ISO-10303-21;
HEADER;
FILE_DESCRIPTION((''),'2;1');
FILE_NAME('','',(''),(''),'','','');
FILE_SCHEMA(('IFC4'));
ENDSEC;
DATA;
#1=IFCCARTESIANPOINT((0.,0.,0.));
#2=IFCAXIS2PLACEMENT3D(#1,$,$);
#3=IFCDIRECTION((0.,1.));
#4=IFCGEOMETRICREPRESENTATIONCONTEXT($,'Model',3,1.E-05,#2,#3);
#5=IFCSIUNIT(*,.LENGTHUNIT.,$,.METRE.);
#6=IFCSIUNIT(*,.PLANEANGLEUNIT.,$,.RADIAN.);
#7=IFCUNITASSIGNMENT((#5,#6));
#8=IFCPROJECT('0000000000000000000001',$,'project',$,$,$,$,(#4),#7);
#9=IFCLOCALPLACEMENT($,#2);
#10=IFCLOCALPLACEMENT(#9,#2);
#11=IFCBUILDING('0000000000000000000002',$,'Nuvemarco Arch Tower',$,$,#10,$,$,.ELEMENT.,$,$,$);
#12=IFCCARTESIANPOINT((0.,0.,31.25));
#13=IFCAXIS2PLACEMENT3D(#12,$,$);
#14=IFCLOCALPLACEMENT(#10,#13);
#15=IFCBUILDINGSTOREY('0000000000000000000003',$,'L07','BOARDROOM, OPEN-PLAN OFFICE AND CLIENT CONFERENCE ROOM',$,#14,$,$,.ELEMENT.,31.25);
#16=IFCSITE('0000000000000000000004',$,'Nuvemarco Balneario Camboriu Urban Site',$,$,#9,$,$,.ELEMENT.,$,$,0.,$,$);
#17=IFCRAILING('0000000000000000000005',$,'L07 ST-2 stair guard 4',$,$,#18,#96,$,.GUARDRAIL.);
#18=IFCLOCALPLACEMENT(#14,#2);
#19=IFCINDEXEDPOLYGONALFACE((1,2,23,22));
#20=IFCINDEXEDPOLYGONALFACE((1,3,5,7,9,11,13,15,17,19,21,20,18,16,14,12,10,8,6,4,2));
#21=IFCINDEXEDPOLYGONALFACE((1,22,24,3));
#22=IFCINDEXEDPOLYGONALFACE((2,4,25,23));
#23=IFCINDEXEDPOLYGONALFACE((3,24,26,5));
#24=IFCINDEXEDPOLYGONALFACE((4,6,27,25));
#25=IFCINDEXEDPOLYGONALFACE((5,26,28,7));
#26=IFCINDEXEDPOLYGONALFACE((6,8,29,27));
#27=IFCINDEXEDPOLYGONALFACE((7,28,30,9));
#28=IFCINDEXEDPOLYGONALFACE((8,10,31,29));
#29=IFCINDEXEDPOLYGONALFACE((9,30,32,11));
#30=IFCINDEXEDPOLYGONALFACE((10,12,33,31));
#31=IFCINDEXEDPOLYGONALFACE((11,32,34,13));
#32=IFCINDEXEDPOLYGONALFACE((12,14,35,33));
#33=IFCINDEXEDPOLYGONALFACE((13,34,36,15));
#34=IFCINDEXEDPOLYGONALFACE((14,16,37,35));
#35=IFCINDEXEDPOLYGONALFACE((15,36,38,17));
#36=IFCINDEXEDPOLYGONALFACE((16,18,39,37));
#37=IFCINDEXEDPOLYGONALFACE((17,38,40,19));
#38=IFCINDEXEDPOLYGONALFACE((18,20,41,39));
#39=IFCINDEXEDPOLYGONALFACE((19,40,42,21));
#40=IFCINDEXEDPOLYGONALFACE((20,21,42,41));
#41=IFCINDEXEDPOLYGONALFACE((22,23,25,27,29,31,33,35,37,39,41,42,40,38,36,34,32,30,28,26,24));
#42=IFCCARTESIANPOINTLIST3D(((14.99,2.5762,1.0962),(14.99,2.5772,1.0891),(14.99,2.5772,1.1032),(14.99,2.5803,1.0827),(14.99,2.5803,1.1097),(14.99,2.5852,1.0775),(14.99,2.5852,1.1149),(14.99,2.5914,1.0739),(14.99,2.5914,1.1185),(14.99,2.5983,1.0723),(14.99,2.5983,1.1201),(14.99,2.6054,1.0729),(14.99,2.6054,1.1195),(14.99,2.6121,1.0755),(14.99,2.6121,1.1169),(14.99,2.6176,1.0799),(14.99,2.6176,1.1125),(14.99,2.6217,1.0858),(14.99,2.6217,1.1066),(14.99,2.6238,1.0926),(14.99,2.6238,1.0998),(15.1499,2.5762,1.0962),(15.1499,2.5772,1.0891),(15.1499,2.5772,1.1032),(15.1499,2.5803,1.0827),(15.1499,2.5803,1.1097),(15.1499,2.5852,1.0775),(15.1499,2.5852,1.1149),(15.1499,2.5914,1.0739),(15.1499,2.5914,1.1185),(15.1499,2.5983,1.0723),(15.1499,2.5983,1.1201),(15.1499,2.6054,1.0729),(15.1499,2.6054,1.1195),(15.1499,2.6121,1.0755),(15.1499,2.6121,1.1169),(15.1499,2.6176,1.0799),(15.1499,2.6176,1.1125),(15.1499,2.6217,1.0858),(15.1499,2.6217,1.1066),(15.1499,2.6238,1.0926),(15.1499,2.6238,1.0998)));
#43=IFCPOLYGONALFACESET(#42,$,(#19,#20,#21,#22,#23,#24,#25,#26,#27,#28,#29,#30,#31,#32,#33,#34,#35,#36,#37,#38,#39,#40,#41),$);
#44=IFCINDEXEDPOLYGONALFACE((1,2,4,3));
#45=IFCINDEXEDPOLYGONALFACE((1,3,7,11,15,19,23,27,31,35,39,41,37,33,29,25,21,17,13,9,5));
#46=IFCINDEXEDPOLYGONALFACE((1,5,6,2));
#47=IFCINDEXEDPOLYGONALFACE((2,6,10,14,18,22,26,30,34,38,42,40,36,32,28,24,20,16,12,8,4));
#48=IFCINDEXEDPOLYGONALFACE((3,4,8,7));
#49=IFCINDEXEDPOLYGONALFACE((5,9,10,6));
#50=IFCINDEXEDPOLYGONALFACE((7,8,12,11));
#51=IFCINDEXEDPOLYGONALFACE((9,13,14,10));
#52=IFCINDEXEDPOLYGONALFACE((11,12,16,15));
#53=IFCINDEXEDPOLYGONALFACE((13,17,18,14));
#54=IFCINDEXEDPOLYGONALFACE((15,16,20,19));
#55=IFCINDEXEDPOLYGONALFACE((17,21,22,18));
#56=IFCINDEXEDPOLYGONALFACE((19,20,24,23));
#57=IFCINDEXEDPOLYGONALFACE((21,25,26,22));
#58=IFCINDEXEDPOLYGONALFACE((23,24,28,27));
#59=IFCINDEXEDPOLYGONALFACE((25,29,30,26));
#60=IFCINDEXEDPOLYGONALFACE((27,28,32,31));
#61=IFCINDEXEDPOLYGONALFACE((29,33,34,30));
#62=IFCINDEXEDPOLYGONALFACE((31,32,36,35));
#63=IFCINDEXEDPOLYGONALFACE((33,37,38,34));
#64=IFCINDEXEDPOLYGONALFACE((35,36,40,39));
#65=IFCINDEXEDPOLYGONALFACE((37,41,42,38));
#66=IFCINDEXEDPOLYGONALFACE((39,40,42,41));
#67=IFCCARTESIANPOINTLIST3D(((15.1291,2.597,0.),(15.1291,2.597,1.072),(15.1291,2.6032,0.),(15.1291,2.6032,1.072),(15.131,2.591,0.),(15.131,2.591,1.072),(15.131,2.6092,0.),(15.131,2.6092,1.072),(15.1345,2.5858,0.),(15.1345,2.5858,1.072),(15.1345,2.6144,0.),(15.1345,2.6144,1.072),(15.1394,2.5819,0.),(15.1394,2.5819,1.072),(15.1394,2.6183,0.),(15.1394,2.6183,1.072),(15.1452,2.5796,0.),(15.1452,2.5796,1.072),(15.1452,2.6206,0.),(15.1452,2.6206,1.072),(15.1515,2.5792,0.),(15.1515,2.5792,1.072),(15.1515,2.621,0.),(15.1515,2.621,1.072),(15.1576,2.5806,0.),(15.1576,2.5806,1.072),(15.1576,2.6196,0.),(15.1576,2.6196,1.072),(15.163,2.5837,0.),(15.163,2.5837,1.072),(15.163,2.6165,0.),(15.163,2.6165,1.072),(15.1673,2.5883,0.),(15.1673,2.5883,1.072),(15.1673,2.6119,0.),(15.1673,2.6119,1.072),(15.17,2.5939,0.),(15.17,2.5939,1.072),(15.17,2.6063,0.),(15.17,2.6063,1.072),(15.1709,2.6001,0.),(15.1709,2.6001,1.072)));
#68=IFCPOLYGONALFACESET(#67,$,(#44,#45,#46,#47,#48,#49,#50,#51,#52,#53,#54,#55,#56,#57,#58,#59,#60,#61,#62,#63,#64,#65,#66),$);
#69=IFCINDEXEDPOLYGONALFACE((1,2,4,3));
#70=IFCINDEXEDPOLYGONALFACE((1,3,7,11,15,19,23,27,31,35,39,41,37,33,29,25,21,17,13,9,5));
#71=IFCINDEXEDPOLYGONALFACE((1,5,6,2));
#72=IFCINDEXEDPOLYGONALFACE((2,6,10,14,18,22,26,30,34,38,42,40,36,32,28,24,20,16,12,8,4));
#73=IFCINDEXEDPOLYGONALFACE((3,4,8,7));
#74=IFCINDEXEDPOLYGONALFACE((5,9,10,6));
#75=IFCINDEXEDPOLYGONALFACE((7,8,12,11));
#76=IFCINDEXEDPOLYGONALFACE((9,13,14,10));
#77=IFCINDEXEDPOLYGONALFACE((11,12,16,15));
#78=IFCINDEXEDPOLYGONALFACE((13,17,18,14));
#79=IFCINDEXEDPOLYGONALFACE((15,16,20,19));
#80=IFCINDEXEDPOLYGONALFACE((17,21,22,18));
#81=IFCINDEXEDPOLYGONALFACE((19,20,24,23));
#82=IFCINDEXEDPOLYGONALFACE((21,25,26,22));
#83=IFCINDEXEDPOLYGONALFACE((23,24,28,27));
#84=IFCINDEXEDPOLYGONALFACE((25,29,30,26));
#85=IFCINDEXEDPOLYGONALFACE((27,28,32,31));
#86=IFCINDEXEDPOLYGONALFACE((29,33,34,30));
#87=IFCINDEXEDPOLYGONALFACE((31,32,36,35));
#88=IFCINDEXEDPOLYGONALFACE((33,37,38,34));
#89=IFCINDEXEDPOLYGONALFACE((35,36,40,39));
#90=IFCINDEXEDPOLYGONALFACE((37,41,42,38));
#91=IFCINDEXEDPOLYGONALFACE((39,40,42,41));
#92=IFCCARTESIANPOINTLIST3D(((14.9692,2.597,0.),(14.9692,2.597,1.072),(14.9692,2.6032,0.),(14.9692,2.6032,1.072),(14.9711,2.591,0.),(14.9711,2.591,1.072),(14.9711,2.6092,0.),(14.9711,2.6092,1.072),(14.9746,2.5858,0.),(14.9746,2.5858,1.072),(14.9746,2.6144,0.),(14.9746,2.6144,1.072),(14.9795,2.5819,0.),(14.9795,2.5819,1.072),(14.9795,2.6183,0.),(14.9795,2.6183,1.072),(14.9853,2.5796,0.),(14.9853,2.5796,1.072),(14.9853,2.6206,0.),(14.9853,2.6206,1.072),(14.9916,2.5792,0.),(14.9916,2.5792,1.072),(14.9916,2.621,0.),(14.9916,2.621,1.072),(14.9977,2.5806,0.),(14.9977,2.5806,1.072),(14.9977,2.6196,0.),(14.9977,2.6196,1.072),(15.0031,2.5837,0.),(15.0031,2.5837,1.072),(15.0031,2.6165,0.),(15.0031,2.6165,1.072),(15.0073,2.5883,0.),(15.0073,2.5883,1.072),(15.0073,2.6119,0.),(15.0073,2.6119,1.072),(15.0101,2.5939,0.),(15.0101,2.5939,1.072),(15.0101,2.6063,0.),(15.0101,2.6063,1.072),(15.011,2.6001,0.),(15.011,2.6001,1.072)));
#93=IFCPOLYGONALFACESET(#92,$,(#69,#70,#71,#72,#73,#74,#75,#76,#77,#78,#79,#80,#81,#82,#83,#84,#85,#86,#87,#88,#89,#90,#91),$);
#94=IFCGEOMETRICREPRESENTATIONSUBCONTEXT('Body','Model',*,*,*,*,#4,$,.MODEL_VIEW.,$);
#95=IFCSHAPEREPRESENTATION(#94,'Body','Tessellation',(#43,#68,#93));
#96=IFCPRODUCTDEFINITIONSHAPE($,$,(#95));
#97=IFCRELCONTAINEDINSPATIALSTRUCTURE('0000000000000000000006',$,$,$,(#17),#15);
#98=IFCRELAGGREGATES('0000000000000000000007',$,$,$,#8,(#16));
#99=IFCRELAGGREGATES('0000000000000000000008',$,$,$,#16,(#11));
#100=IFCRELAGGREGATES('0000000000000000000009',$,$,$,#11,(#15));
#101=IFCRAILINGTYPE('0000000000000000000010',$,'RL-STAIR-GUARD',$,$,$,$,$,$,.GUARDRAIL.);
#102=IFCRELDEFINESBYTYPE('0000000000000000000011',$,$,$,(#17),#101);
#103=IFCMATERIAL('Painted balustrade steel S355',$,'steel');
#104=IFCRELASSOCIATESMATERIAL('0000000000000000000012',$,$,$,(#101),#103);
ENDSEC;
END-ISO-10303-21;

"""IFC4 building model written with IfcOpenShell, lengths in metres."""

from ifc_helpers import new_model, si_unit, direction, frame, origin, origin_2d, place, context, subcontext, project, spatial, circle, extrude, material, type_object, element, save


model = new_model("IFC4")

# Units and contexts
model_context = context("Model", 3, precision=1e-05, world=origin(), true_north=direction((0.0, 1.0)))
body_context = subcontext(model_context, "Body", "Model", "MODEL_VIEW")
ifc_project = project(units=[si_unit("LENGTHUNIT", "METRE"), si_unit("PLANEANGLEUNIT", "RADIAN")], contexts=[model_context])

# Site, building, storey
site_placement = place(None, origin())
site = spatial("IfcSite", under=ifc_project, at=site_placement, Name="Nuvemarco Balneario Camboriu Urban Site", CompositionType="ELEMENT", RefElevation=0.0)
building_placement = place(site_placement, origin())
building = spatial("IfcBuilding", under=site, at=building_placement, Name="Nuvemarco Arch Tower", CompositionType="ELEMENT")
storey_placement = place(building_placement, frame((0.0, 0.0, 31.25)))
storey = spatial("IfcBuildingStorey", under=building, at=storey_placement, Name="L07", Description="BOARDROOM, OPEN-PLAN OFFICE AND CLIENT CONFERENCE ROOM", CompositionType="ELEMENT", Elevation=31.25)

# Railing
ifc_material_1 = material(Name="Painted balustrade steel S355", Category="steel")
railing_type_1 = type_object("IfcRailingType", Name="RL-STAIR-GUARD", PredefinedType="GUARDRAIL", material=ifc_material_1)
railing_1_placement = place(storey_placement, frame((15.1499, 2.6001, 0.0)))
element("IfcRailing", 1, at=railing_1_placement, inside=storey, type_object=railing_type_1, Name="L07 ST-2 stair guard 4", PredefinedType="GUARDRAIL", context=body_context, shape_type="SweptSolid", body=[
    extrude(circle(Radius=0.0239, at=origin_2d()), frame((0.0, 0.0, 1.0962), z_axis=(-1.0, 0.0, 0.0), x_axis=(0.0, -1.0, 0.0)), (0.0, 0.0, 1.0), 0.1599),
    extrude(circle(Radius=0.021, at=origin_2d()), origin(), (0.0, 0.0, 1.0), 1.072),
    extrude(circle(Radius=0.021, at=origin_2d()), frame((-0.1599, 0.0, 0.0)), (0.0, 0.0, 1.0), 1.072),
])

save(model, "model.ifc")
